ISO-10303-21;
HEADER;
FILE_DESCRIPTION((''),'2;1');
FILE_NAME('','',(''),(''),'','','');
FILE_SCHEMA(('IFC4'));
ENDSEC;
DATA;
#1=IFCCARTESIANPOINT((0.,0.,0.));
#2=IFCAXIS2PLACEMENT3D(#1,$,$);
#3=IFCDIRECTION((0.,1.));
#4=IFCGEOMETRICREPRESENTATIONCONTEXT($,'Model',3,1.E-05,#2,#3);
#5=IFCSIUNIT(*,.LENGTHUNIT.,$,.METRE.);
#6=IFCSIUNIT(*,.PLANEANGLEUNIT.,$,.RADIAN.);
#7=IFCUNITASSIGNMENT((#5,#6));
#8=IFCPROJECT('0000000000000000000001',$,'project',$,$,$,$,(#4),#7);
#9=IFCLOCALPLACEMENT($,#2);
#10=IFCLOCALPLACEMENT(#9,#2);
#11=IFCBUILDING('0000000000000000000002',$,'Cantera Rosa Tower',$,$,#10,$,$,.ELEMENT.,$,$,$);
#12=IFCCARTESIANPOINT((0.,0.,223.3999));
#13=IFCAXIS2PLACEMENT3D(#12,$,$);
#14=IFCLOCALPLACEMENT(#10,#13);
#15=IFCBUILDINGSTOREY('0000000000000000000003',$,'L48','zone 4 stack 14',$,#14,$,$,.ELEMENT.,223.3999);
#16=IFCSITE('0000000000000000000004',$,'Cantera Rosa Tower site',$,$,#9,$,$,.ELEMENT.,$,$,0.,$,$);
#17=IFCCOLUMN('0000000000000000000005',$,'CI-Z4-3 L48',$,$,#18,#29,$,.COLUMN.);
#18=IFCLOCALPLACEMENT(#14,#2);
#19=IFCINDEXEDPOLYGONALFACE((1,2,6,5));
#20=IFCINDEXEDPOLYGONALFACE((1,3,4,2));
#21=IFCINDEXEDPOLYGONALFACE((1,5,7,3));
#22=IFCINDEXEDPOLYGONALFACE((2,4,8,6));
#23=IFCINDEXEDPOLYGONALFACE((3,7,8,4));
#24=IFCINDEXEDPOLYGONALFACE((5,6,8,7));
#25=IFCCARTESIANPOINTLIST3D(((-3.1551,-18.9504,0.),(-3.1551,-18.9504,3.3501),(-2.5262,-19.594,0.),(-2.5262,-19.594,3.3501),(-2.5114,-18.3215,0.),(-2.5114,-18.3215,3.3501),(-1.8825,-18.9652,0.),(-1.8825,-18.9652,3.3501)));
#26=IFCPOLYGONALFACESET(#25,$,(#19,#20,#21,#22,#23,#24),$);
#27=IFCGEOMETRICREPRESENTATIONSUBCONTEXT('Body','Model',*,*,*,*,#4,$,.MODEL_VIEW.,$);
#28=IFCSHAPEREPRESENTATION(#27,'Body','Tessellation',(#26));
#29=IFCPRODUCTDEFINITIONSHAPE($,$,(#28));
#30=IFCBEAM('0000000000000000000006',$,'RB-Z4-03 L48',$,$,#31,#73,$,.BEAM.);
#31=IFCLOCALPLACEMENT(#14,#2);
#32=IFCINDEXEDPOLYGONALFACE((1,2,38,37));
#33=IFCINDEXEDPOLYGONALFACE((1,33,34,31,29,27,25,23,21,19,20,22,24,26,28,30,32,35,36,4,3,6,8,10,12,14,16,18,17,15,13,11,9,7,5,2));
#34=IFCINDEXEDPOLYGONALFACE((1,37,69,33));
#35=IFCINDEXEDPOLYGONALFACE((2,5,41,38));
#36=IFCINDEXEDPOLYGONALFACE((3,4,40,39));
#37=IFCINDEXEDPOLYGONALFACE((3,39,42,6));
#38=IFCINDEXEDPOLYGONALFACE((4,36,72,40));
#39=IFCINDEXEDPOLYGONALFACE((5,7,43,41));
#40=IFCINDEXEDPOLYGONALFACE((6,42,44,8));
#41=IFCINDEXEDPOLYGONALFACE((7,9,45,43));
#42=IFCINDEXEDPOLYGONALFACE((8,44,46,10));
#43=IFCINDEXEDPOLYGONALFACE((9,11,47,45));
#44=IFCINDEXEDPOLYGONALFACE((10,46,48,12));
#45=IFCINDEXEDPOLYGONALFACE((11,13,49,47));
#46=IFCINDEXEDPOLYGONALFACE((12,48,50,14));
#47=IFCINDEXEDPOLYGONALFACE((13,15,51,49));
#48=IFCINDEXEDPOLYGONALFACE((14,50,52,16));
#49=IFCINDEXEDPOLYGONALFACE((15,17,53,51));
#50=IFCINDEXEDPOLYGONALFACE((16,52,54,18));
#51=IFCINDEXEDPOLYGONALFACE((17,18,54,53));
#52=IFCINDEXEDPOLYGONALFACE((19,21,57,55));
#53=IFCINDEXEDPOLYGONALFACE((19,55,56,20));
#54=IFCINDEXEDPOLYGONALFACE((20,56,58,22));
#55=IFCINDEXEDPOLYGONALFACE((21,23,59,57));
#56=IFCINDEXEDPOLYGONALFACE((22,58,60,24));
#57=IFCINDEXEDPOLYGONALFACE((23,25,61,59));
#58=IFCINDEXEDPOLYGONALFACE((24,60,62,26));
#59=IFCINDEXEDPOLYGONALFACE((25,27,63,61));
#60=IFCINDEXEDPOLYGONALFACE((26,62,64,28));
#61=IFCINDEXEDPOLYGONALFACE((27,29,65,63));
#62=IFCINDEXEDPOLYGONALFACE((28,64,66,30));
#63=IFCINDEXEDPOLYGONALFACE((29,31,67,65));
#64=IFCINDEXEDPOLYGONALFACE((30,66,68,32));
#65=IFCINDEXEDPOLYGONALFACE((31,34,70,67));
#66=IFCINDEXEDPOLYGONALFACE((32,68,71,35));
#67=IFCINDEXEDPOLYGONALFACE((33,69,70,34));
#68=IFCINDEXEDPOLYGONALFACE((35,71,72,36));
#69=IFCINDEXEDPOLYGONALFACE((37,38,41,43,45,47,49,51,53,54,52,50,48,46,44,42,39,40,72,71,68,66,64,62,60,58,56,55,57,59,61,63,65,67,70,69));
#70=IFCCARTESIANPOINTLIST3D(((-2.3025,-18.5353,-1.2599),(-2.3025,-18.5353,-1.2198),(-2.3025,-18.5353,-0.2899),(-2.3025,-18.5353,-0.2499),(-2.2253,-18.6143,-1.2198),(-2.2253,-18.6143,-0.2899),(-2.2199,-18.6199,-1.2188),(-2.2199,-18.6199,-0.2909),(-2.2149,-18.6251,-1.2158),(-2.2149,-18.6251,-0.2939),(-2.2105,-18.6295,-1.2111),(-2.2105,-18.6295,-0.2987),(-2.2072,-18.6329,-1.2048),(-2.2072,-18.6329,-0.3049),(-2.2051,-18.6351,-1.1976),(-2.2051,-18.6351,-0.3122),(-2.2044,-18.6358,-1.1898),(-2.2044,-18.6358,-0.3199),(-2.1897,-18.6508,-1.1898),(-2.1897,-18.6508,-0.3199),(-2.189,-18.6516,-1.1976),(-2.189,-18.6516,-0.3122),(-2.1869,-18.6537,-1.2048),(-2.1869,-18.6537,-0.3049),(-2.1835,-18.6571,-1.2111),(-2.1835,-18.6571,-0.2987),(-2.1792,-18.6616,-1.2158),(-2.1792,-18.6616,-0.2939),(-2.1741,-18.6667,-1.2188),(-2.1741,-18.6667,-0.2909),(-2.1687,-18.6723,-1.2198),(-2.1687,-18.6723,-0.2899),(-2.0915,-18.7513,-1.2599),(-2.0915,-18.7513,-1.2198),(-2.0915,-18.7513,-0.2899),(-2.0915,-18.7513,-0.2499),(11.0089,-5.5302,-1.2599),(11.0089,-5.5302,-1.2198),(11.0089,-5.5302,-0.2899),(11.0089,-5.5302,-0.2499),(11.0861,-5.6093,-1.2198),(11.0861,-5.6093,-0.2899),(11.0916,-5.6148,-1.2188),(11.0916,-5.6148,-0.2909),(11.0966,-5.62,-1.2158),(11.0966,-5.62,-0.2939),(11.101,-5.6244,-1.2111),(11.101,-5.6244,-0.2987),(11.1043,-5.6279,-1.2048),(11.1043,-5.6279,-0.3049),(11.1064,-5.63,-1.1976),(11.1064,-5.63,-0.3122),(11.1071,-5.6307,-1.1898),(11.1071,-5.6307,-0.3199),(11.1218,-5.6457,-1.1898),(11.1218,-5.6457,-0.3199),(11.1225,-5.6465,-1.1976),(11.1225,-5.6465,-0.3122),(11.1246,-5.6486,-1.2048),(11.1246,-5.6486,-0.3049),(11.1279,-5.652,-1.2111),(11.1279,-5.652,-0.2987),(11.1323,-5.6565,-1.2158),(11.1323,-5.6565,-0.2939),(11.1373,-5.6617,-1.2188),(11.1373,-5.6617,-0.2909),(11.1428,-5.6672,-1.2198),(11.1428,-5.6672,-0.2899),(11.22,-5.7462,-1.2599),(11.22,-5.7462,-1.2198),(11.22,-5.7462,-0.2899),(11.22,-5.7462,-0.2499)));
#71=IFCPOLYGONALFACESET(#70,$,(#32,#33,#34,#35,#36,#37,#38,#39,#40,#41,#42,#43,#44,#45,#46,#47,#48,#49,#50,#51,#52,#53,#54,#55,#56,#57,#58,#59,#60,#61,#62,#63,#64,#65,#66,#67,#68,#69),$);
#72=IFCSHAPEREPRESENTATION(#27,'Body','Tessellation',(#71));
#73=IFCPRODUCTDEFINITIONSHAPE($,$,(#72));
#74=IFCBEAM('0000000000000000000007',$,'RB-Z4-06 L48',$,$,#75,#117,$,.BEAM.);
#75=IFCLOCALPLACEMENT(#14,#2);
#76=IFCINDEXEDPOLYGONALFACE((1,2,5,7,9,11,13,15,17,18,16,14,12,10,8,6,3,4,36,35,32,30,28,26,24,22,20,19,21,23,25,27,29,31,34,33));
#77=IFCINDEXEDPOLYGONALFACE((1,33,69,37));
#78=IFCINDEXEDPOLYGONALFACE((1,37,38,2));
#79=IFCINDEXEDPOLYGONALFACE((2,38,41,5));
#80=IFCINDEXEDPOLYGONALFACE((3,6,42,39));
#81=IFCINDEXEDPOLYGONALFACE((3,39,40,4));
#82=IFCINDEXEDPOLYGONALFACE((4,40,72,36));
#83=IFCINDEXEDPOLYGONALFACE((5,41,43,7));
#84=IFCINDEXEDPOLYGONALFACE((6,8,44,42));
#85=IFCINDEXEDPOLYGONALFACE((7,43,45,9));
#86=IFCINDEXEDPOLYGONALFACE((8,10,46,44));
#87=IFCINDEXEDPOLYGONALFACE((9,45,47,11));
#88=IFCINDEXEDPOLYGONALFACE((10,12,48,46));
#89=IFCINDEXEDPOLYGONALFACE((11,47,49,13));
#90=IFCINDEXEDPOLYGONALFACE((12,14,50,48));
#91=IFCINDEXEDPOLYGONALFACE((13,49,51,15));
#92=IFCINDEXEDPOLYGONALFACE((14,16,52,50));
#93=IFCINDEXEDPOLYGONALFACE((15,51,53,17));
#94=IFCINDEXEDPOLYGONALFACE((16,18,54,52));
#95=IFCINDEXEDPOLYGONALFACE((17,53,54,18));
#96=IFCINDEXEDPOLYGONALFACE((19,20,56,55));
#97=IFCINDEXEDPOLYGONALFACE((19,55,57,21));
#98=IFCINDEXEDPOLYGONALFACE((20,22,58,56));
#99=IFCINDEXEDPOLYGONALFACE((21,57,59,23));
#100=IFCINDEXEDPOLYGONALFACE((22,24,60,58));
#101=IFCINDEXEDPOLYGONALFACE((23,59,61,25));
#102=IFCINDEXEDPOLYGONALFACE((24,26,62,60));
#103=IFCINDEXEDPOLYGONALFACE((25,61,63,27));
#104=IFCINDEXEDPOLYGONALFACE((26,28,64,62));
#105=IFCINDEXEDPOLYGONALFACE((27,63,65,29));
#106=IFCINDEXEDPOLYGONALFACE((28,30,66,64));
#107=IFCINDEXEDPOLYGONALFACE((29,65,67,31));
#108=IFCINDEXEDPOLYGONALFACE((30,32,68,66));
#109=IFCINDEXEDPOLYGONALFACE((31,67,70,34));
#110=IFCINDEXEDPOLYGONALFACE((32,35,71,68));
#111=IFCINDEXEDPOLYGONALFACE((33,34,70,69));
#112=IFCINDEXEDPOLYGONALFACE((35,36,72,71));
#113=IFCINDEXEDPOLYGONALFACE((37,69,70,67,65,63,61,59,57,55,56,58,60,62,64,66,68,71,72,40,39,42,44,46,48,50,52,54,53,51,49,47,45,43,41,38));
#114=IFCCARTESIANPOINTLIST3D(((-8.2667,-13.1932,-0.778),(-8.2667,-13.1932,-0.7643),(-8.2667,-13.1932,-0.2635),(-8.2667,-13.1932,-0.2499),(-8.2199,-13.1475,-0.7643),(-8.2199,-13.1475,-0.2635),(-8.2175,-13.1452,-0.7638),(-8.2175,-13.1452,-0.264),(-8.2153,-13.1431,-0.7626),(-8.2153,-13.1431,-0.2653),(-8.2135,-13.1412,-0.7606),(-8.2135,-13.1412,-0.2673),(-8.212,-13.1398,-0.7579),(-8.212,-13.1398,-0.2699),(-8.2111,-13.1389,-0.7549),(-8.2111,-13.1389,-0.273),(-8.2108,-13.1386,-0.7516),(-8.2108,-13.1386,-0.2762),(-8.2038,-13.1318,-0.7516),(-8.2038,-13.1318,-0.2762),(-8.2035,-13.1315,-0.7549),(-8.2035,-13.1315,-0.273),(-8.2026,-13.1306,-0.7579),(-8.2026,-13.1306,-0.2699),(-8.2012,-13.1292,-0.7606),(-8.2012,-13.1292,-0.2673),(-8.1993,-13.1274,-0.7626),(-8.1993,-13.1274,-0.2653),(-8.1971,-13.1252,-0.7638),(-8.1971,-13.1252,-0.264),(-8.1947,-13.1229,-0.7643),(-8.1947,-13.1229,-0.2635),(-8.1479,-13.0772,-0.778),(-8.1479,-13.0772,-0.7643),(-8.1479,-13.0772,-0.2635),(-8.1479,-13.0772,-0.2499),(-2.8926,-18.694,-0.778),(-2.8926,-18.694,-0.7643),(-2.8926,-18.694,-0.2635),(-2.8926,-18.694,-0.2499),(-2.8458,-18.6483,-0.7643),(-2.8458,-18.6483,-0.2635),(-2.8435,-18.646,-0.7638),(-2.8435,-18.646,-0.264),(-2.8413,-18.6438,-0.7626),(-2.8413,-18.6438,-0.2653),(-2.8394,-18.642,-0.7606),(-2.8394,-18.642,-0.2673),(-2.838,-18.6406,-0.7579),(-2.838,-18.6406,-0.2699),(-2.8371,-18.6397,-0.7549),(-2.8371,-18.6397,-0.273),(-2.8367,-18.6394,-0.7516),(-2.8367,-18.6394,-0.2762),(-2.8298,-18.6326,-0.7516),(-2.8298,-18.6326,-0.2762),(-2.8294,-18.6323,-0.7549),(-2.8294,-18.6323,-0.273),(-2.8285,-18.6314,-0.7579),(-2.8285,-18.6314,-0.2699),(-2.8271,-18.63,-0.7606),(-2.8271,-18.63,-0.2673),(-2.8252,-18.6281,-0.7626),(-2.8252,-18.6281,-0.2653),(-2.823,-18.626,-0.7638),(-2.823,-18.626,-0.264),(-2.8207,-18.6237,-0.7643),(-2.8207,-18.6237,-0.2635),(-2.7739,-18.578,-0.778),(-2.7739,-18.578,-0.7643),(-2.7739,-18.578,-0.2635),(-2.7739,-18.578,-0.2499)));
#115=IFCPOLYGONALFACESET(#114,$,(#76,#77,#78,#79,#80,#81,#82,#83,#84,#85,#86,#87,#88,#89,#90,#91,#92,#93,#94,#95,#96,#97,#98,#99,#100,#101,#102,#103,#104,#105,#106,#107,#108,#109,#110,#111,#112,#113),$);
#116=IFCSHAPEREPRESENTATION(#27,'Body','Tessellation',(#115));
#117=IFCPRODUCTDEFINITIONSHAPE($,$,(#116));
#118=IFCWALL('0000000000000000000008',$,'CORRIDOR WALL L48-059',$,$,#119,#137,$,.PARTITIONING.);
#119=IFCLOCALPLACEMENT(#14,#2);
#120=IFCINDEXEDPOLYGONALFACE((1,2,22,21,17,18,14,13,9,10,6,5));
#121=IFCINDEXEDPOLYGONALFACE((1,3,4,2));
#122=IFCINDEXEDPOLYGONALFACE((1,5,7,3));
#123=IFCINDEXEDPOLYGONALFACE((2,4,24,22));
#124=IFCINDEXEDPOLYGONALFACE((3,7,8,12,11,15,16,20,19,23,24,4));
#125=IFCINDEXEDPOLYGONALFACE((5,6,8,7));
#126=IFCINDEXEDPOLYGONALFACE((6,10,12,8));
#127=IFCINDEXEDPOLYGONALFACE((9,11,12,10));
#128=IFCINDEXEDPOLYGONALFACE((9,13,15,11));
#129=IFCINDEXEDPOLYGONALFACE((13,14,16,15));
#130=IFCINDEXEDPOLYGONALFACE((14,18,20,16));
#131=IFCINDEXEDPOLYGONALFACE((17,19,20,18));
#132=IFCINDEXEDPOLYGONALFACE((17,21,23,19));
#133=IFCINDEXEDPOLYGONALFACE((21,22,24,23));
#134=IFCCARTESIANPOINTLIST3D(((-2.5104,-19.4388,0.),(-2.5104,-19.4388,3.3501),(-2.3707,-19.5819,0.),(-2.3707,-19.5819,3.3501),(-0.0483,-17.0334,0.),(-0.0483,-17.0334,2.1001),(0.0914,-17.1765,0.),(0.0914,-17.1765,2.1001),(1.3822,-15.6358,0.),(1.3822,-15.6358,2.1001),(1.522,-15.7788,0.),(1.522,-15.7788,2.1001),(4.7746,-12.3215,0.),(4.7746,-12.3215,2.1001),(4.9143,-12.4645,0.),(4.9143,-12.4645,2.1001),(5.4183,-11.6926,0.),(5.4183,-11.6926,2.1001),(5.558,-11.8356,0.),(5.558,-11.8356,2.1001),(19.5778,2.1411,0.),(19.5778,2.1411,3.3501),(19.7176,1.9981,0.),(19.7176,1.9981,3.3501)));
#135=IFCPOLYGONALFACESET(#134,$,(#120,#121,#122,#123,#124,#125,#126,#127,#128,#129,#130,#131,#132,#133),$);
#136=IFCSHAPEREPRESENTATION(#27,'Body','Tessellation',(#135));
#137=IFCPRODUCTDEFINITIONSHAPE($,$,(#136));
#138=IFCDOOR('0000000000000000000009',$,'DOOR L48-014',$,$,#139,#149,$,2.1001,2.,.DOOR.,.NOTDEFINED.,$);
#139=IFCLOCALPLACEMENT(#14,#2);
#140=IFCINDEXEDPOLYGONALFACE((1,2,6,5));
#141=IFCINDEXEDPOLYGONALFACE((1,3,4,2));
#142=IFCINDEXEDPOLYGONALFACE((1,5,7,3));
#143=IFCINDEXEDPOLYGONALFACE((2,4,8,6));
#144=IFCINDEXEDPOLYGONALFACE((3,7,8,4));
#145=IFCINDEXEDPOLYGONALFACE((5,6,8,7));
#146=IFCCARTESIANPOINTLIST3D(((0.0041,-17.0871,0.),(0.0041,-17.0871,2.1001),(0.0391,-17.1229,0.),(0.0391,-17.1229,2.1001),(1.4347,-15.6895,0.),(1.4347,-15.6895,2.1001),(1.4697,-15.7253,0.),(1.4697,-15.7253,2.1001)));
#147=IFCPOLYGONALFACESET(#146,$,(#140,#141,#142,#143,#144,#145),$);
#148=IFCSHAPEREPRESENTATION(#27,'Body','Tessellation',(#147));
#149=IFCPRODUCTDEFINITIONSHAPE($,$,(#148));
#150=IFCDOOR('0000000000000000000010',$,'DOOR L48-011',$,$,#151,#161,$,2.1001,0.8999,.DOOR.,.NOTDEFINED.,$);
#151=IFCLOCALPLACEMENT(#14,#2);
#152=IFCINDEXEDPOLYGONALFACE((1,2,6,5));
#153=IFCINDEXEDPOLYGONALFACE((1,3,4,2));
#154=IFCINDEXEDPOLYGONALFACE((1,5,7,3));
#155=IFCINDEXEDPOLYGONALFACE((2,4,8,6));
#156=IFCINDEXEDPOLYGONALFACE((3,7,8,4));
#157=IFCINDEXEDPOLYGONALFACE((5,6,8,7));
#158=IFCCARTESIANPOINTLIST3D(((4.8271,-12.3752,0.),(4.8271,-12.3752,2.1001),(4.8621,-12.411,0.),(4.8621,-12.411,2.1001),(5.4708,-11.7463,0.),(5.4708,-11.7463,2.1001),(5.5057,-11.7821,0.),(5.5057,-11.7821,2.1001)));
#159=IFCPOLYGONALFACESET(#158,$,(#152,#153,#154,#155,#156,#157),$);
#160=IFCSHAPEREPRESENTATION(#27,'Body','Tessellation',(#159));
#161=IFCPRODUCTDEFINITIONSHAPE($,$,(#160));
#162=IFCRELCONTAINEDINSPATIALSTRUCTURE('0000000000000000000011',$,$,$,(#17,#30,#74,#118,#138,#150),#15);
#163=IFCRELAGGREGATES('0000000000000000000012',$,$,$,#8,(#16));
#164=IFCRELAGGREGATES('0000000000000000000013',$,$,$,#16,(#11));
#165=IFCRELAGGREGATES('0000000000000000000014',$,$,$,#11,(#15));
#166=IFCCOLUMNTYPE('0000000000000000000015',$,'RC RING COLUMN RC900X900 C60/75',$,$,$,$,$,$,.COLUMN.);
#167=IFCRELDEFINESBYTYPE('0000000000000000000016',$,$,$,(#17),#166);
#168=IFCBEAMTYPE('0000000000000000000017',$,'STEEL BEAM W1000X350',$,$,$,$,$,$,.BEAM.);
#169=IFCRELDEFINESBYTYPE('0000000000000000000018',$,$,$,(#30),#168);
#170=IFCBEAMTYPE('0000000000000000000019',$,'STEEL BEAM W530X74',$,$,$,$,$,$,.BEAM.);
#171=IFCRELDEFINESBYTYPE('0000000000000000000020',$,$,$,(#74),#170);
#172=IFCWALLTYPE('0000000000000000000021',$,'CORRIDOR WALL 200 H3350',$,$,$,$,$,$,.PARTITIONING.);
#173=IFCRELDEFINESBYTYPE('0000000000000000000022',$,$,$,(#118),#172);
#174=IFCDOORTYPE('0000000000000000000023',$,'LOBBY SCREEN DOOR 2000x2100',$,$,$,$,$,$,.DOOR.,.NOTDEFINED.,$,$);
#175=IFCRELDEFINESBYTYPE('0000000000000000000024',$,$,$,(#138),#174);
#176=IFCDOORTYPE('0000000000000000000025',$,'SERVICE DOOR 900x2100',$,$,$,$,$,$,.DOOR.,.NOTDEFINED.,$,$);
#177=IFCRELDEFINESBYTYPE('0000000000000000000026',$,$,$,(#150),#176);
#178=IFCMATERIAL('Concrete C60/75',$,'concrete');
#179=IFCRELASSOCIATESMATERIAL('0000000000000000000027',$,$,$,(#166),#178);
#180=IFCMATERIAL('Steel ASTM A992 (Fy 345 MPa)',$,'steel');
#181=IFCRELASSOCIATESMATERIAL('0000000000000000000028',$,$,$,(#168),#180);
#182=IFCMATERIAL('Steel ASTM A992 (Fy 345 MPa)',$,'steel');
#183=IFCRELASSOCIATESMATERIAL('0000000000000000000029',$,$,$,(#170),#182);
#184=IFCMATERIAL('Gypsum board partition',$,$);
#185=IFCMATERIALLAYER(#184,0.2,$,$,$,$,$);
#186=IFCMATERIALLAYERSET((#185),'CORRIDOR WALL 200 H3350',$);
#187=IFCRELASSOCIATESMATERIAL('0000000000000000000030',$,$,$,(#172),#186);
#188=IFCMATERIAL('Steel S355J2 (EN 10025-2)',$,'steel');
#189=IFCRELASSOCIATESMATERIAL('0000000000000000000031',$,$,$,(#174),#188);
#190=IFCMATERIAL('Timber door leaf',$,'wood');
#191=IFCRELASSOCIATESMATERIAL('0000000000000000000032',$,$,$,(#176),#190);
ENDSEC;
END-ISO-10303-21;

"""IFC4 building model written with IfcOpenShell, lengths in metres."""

from ifc_helpers import new_model, si_unit, direction, frame, frame_2d, origin, origin_2d, place, context, subcontext, project, spatial, rectangle, i_section, extrude, material, layer, layer_set, material_profile, profile_set, type_object, element, fill, save


model = new_model("IFC4")

# Units and contexts
model_context = context("Model", 3, precision=1e-05, world=origin(), true_north=direction((0.0, 1.0)))
body_context = subcontext(model_context, "Body", "Model", "MODEL_VIEW")
ifc_project = project(units=[si_unit("LENGTHUNIT", "METRE"), si_unit("PLANEANGLEUNIT", "RADIAN")], contexts=[model_context])

# Site, building, storey
site_placement = place(None, origin())
site = spatial("IfcSite", under=ifc_project, at=site_placement, Name="Cantera Rosa Tower site", CompositionType="ELEMENT", RefElevation=0.0)
building_placement = place(site_placement, origin())
building = spatial("IfcBuilding", under=site, at=building_placement, Name="Cantera Rosa Tower", CompositionType="ELEMENT")
storey_placement = place(building_placement, frame((0.0, 0.0, 223.3999)))
storey = spatial("IfcBuildingStorey", under=building, at=storey_placement, Name="L48", Description="zone 4 stack 14", CompositionType="ELEMENT", Elevation=223.3999)

# Column
ifc_material_1 = material(Name="Concrete C60/75", Category="concrete")
ifc_material_profile_1 = material_profile(ifc_material_1, rectangle(XDim=0.8999, YDim=0.8999, at=origin_2d()), Name="RC RING COLUMN RC900X900 C60/75")
ifc_profile_set_1 = profile_set([ifc_material_profile_1], Name="Concrete C60/75")
column_type = type_object("IfcColumnType", Name="RC RING COLUMN RC900X900 C60/75", PredefinedType="COLUMN", material=ifc_profile_set_1)
column_placement = place(storey_placement, frame((-2.5188, -18.9578, 0.0), z_axis=(0.0, 0.0, 1.0), x_axis=(0.715286, 0.698832, 0.0)))
element("IfcColumn", 1, at=column_placement, inside=storey, type_object=column_type, Name="CI-Z4-3 L48", PredefinedType="COLUMN", context=body_context, shape_type="SweptSolid", body=[
    extrude(rectangle(XDim=0.8999, YDim=0.8999, at=origin_2d()), origin(), (0.0, 0.0, 1.0), 3.3501),
])

# Beams
ifc_material_2 = material(Name="Steel ASTM A992 (Fy 345 MPa)", Category="steel")
ifc_material_profile_2 = material_profile(ifc_material_2, i_section(OverallWidth=0.302, OverallDepth=1.01, WebThickness=0.021, FlangeThickness=0.04, FilletRadius=0.03, at=origin_2d()), Name="W1000X350")
ifc_profile_set_2 = profile_set([ifc_material_profile_2], Name="Steel ASTM A992 (Fy 345 MPa)")
beam_type_1 = type_object("IfcBeamType", Name="STEEL BEAM W1000X350", PredefinedType="BEAM", material=ifc_profile_set_2)
beam_1_placement = place(storey_placement, frame((-2.197, -18.6433, -0.7549), z_axis=(0.715291, 0.698827, 0.0), x_axis=(-0.698827, 0.715291, 0.0)))
element("IfcBeam", 2, at=beam_1_placement, inside=storey, type_object=beam_type_1, Name="RB-Z4-03 L48", PredefinedType="BEAM", context=body_context, shape_type="SweptSolid", body=[
    extrude(i_section(OverallWidth=0.302, OverallDepth=1.01, WebThickness=0.021, FlangeThickness=0.04, FilletRadius=0.03, at=origin_2d()), origin(), (0.0, 0.0, 1.0), 18.6099),
])
ifc_material_3 = material(Name="Steel ASTM A992 (Fy 345 MPa)", Category="steel")
ifc_material_profile_3 = material_profile(ifc_material_3, i_section(OverallWidth=0.166, OverallDepth=0.5281, WebThickness=0.0098, FlangeThickness=0.0137, FilletRadius=0.0127, at=origin_2d()), Name="W530X74")
ifc_profile_set_3 = profile_set([ifc_material_profile_3], Name="Steel ASTM A992 (Fy 345 MPa)")
beam_type_2 = type_object("IfcBeamType", Name="STEEL BEAM W530X74", PredefinedType="BEAM", material=ifc_profile_set_3)
beam_2_placement = place(storey_placement, frame((-2.8333, -18.636, -0.5139), z_axis=(-0.69882, 0.715297, 0.0), x_axis=(-0.715297, -0.69882, 0.0)))
element("IfcBeam", 3, at=beam_2_placement, inside=storey, type_object=beam_type_2, Name="RB-Z4-06 L48", PredefinedType="BEAM", context=body_context, shape_type="SweptSolid", body=[
    extrude(i_section(OverallWidth=0.166, OverallDepth=0.5281, WebThickness=0.0098, FlangeThickness=0.0137, FilletRadius=0.0127, at=origin_2d()), origin(), (0.0, 0.0, 1.0), 7.6902),
])

# Wall, openings, doors
ifc_material_4 = material(Name="Gypsum board partition")
ifc_layer_1 = layer(ifc_material_4, 0.2)
ifc_layer_set_1 = layer_set([ifc_layer_1], Name="CORRIDOR WALL 200 H3350")
wall_type_1 = type_object("IfcWallType", Name="CORRIDOR WALL 200 H3350", PredefinedType="PARTITIONING", material=ifc_layer_set_1)
wall_1_placement = place(storey_placement, frame((-2.4404, -19.5103, 0.0), z_axis=(0.0, 0.0, 1.0), x_axis=(0.715289, 0.698829, 0.0)))
wall_1 = element("IfcWall", 4, at=wall_1_placement, inside=storey, type_object=wall_type_1, Name="CORRIDOR WALL L48-059", PredefinedType="PARTITIONING", context=body_context, shape_type="SweptSolid", body=[
    extrude(rectangle(XDim=30.8801, YDim=0.2, at=frame_2d((15.4399, 0.0))), origin(), (0.0, 0.0, 1.0), 3.3501),
])
opening_1_placement = place(wall_1_placement, frame((10.1846, 0.0, 0.0)))
opening_1 = element("IfcOpeningElement", 5, at=opening_1_placement, cuts=wall_1, PredefinedType="OPENING", context=body_context, shape_type="SweptSolid", body=[
    extrude(rectangle(XDim=0.8999, YDim=2.1001, at=frame_2d((0.45, 1.05))), frame((0.0, 0.1099, 0.0), z_axis=(0.0, -1.0, 0.0), x_axis=(1.0, 0.0, 0.0)), (0.0, 0.0, 1.0), 0.22),
])
opening_2_placement = place(wall_1_placement, frame((3.4419, 0.0, 0.0)))
opening_2 = element("IfcOpeningElement", 6, at=opening_2_placement, cuts=wall_1, PredefinedType="OPENING", context=body_context, shape_type="SweptSolid", body=[
    extrude(rectangle(XDim=2.0, YDim=2.1001, at=frame_2d((1.0, 1.05))), frame((0.0, 0.1099, 0.0), z_axis=(0.0, -1.0, 0.0), x_axis=(1.0, 0.0, 0.0)), (0.0, 0.0, 1.0), 0.22),
])
ifc_material_5 = material(Name="Steel S355J2 (EN 10025-2)", Category="steel")
door_type_1 = type_object("IfcDoorType", Name="LOBBY SCREEN DOOR 2000x2100", OperationType="NOTDEFINED", PredefinedType="DOOR", material=ifc_material_5)
door_1_placement = place(opening_2_placement, origin())
door_1 = element("IfcDoor", 7, at=door_1_placement, inside=storey, type_object=door_type_1, Name="DOOR L48-014", OperationType="NOTDEFINED", OverallHeight=2.1001, OverallWidth=2.0, PredefinedType="DOOR", context=body_context, shape_type="SweptSolid", body=[
    extrude(rectangle(XDim=2.0, YDim=2.1001, at=frame_2d((1.0, 1.05))), frame((0.0, 0.0249, 0.0), z_axis=(0.0, -1.0, 0.0), x_axis=(1.0, 0.0, 0.0)), (0.0, 0.0, 1.0), 0.05),
])
fill(opening_2, door_1)
ifc_material_6 = material(Name="Timber door leaf", Category="wood")
door_type_2 = type_object("IfcDoorType", Name="SERVICE DOOR 900x2100", OperationType="NOTDEFINED", PredefinedType="DOOR", material=ifc_material_6)
door_2_placement = place(opening_1_placement, origin())
door_2 = element("IfcDoor", 8, at=door_2_placement, inside=storey, type_object=door_type_2, Name="DOOR L48-011", OperationType="NOTDEFINED", OverallHeight=2.1001, OverallWidth=0.8999, PredefinedType="DOOR", context=body_context, shape_type="SweptSolid", body=[
    extrude(rectangle(XDim=0.8999, YDim=2.1001, at=frame_2d((0.45, 1.05))), frame((0.0, 0.0249, 0.0), z_axis=(0.0, -1.0, 0.0), x_axis=(1.0, 0.0, 0.0)), (0.0, 0.0, 1.0), 0.05),
])
fill(opening_1, door_2)

save(model, "model.ifc")
